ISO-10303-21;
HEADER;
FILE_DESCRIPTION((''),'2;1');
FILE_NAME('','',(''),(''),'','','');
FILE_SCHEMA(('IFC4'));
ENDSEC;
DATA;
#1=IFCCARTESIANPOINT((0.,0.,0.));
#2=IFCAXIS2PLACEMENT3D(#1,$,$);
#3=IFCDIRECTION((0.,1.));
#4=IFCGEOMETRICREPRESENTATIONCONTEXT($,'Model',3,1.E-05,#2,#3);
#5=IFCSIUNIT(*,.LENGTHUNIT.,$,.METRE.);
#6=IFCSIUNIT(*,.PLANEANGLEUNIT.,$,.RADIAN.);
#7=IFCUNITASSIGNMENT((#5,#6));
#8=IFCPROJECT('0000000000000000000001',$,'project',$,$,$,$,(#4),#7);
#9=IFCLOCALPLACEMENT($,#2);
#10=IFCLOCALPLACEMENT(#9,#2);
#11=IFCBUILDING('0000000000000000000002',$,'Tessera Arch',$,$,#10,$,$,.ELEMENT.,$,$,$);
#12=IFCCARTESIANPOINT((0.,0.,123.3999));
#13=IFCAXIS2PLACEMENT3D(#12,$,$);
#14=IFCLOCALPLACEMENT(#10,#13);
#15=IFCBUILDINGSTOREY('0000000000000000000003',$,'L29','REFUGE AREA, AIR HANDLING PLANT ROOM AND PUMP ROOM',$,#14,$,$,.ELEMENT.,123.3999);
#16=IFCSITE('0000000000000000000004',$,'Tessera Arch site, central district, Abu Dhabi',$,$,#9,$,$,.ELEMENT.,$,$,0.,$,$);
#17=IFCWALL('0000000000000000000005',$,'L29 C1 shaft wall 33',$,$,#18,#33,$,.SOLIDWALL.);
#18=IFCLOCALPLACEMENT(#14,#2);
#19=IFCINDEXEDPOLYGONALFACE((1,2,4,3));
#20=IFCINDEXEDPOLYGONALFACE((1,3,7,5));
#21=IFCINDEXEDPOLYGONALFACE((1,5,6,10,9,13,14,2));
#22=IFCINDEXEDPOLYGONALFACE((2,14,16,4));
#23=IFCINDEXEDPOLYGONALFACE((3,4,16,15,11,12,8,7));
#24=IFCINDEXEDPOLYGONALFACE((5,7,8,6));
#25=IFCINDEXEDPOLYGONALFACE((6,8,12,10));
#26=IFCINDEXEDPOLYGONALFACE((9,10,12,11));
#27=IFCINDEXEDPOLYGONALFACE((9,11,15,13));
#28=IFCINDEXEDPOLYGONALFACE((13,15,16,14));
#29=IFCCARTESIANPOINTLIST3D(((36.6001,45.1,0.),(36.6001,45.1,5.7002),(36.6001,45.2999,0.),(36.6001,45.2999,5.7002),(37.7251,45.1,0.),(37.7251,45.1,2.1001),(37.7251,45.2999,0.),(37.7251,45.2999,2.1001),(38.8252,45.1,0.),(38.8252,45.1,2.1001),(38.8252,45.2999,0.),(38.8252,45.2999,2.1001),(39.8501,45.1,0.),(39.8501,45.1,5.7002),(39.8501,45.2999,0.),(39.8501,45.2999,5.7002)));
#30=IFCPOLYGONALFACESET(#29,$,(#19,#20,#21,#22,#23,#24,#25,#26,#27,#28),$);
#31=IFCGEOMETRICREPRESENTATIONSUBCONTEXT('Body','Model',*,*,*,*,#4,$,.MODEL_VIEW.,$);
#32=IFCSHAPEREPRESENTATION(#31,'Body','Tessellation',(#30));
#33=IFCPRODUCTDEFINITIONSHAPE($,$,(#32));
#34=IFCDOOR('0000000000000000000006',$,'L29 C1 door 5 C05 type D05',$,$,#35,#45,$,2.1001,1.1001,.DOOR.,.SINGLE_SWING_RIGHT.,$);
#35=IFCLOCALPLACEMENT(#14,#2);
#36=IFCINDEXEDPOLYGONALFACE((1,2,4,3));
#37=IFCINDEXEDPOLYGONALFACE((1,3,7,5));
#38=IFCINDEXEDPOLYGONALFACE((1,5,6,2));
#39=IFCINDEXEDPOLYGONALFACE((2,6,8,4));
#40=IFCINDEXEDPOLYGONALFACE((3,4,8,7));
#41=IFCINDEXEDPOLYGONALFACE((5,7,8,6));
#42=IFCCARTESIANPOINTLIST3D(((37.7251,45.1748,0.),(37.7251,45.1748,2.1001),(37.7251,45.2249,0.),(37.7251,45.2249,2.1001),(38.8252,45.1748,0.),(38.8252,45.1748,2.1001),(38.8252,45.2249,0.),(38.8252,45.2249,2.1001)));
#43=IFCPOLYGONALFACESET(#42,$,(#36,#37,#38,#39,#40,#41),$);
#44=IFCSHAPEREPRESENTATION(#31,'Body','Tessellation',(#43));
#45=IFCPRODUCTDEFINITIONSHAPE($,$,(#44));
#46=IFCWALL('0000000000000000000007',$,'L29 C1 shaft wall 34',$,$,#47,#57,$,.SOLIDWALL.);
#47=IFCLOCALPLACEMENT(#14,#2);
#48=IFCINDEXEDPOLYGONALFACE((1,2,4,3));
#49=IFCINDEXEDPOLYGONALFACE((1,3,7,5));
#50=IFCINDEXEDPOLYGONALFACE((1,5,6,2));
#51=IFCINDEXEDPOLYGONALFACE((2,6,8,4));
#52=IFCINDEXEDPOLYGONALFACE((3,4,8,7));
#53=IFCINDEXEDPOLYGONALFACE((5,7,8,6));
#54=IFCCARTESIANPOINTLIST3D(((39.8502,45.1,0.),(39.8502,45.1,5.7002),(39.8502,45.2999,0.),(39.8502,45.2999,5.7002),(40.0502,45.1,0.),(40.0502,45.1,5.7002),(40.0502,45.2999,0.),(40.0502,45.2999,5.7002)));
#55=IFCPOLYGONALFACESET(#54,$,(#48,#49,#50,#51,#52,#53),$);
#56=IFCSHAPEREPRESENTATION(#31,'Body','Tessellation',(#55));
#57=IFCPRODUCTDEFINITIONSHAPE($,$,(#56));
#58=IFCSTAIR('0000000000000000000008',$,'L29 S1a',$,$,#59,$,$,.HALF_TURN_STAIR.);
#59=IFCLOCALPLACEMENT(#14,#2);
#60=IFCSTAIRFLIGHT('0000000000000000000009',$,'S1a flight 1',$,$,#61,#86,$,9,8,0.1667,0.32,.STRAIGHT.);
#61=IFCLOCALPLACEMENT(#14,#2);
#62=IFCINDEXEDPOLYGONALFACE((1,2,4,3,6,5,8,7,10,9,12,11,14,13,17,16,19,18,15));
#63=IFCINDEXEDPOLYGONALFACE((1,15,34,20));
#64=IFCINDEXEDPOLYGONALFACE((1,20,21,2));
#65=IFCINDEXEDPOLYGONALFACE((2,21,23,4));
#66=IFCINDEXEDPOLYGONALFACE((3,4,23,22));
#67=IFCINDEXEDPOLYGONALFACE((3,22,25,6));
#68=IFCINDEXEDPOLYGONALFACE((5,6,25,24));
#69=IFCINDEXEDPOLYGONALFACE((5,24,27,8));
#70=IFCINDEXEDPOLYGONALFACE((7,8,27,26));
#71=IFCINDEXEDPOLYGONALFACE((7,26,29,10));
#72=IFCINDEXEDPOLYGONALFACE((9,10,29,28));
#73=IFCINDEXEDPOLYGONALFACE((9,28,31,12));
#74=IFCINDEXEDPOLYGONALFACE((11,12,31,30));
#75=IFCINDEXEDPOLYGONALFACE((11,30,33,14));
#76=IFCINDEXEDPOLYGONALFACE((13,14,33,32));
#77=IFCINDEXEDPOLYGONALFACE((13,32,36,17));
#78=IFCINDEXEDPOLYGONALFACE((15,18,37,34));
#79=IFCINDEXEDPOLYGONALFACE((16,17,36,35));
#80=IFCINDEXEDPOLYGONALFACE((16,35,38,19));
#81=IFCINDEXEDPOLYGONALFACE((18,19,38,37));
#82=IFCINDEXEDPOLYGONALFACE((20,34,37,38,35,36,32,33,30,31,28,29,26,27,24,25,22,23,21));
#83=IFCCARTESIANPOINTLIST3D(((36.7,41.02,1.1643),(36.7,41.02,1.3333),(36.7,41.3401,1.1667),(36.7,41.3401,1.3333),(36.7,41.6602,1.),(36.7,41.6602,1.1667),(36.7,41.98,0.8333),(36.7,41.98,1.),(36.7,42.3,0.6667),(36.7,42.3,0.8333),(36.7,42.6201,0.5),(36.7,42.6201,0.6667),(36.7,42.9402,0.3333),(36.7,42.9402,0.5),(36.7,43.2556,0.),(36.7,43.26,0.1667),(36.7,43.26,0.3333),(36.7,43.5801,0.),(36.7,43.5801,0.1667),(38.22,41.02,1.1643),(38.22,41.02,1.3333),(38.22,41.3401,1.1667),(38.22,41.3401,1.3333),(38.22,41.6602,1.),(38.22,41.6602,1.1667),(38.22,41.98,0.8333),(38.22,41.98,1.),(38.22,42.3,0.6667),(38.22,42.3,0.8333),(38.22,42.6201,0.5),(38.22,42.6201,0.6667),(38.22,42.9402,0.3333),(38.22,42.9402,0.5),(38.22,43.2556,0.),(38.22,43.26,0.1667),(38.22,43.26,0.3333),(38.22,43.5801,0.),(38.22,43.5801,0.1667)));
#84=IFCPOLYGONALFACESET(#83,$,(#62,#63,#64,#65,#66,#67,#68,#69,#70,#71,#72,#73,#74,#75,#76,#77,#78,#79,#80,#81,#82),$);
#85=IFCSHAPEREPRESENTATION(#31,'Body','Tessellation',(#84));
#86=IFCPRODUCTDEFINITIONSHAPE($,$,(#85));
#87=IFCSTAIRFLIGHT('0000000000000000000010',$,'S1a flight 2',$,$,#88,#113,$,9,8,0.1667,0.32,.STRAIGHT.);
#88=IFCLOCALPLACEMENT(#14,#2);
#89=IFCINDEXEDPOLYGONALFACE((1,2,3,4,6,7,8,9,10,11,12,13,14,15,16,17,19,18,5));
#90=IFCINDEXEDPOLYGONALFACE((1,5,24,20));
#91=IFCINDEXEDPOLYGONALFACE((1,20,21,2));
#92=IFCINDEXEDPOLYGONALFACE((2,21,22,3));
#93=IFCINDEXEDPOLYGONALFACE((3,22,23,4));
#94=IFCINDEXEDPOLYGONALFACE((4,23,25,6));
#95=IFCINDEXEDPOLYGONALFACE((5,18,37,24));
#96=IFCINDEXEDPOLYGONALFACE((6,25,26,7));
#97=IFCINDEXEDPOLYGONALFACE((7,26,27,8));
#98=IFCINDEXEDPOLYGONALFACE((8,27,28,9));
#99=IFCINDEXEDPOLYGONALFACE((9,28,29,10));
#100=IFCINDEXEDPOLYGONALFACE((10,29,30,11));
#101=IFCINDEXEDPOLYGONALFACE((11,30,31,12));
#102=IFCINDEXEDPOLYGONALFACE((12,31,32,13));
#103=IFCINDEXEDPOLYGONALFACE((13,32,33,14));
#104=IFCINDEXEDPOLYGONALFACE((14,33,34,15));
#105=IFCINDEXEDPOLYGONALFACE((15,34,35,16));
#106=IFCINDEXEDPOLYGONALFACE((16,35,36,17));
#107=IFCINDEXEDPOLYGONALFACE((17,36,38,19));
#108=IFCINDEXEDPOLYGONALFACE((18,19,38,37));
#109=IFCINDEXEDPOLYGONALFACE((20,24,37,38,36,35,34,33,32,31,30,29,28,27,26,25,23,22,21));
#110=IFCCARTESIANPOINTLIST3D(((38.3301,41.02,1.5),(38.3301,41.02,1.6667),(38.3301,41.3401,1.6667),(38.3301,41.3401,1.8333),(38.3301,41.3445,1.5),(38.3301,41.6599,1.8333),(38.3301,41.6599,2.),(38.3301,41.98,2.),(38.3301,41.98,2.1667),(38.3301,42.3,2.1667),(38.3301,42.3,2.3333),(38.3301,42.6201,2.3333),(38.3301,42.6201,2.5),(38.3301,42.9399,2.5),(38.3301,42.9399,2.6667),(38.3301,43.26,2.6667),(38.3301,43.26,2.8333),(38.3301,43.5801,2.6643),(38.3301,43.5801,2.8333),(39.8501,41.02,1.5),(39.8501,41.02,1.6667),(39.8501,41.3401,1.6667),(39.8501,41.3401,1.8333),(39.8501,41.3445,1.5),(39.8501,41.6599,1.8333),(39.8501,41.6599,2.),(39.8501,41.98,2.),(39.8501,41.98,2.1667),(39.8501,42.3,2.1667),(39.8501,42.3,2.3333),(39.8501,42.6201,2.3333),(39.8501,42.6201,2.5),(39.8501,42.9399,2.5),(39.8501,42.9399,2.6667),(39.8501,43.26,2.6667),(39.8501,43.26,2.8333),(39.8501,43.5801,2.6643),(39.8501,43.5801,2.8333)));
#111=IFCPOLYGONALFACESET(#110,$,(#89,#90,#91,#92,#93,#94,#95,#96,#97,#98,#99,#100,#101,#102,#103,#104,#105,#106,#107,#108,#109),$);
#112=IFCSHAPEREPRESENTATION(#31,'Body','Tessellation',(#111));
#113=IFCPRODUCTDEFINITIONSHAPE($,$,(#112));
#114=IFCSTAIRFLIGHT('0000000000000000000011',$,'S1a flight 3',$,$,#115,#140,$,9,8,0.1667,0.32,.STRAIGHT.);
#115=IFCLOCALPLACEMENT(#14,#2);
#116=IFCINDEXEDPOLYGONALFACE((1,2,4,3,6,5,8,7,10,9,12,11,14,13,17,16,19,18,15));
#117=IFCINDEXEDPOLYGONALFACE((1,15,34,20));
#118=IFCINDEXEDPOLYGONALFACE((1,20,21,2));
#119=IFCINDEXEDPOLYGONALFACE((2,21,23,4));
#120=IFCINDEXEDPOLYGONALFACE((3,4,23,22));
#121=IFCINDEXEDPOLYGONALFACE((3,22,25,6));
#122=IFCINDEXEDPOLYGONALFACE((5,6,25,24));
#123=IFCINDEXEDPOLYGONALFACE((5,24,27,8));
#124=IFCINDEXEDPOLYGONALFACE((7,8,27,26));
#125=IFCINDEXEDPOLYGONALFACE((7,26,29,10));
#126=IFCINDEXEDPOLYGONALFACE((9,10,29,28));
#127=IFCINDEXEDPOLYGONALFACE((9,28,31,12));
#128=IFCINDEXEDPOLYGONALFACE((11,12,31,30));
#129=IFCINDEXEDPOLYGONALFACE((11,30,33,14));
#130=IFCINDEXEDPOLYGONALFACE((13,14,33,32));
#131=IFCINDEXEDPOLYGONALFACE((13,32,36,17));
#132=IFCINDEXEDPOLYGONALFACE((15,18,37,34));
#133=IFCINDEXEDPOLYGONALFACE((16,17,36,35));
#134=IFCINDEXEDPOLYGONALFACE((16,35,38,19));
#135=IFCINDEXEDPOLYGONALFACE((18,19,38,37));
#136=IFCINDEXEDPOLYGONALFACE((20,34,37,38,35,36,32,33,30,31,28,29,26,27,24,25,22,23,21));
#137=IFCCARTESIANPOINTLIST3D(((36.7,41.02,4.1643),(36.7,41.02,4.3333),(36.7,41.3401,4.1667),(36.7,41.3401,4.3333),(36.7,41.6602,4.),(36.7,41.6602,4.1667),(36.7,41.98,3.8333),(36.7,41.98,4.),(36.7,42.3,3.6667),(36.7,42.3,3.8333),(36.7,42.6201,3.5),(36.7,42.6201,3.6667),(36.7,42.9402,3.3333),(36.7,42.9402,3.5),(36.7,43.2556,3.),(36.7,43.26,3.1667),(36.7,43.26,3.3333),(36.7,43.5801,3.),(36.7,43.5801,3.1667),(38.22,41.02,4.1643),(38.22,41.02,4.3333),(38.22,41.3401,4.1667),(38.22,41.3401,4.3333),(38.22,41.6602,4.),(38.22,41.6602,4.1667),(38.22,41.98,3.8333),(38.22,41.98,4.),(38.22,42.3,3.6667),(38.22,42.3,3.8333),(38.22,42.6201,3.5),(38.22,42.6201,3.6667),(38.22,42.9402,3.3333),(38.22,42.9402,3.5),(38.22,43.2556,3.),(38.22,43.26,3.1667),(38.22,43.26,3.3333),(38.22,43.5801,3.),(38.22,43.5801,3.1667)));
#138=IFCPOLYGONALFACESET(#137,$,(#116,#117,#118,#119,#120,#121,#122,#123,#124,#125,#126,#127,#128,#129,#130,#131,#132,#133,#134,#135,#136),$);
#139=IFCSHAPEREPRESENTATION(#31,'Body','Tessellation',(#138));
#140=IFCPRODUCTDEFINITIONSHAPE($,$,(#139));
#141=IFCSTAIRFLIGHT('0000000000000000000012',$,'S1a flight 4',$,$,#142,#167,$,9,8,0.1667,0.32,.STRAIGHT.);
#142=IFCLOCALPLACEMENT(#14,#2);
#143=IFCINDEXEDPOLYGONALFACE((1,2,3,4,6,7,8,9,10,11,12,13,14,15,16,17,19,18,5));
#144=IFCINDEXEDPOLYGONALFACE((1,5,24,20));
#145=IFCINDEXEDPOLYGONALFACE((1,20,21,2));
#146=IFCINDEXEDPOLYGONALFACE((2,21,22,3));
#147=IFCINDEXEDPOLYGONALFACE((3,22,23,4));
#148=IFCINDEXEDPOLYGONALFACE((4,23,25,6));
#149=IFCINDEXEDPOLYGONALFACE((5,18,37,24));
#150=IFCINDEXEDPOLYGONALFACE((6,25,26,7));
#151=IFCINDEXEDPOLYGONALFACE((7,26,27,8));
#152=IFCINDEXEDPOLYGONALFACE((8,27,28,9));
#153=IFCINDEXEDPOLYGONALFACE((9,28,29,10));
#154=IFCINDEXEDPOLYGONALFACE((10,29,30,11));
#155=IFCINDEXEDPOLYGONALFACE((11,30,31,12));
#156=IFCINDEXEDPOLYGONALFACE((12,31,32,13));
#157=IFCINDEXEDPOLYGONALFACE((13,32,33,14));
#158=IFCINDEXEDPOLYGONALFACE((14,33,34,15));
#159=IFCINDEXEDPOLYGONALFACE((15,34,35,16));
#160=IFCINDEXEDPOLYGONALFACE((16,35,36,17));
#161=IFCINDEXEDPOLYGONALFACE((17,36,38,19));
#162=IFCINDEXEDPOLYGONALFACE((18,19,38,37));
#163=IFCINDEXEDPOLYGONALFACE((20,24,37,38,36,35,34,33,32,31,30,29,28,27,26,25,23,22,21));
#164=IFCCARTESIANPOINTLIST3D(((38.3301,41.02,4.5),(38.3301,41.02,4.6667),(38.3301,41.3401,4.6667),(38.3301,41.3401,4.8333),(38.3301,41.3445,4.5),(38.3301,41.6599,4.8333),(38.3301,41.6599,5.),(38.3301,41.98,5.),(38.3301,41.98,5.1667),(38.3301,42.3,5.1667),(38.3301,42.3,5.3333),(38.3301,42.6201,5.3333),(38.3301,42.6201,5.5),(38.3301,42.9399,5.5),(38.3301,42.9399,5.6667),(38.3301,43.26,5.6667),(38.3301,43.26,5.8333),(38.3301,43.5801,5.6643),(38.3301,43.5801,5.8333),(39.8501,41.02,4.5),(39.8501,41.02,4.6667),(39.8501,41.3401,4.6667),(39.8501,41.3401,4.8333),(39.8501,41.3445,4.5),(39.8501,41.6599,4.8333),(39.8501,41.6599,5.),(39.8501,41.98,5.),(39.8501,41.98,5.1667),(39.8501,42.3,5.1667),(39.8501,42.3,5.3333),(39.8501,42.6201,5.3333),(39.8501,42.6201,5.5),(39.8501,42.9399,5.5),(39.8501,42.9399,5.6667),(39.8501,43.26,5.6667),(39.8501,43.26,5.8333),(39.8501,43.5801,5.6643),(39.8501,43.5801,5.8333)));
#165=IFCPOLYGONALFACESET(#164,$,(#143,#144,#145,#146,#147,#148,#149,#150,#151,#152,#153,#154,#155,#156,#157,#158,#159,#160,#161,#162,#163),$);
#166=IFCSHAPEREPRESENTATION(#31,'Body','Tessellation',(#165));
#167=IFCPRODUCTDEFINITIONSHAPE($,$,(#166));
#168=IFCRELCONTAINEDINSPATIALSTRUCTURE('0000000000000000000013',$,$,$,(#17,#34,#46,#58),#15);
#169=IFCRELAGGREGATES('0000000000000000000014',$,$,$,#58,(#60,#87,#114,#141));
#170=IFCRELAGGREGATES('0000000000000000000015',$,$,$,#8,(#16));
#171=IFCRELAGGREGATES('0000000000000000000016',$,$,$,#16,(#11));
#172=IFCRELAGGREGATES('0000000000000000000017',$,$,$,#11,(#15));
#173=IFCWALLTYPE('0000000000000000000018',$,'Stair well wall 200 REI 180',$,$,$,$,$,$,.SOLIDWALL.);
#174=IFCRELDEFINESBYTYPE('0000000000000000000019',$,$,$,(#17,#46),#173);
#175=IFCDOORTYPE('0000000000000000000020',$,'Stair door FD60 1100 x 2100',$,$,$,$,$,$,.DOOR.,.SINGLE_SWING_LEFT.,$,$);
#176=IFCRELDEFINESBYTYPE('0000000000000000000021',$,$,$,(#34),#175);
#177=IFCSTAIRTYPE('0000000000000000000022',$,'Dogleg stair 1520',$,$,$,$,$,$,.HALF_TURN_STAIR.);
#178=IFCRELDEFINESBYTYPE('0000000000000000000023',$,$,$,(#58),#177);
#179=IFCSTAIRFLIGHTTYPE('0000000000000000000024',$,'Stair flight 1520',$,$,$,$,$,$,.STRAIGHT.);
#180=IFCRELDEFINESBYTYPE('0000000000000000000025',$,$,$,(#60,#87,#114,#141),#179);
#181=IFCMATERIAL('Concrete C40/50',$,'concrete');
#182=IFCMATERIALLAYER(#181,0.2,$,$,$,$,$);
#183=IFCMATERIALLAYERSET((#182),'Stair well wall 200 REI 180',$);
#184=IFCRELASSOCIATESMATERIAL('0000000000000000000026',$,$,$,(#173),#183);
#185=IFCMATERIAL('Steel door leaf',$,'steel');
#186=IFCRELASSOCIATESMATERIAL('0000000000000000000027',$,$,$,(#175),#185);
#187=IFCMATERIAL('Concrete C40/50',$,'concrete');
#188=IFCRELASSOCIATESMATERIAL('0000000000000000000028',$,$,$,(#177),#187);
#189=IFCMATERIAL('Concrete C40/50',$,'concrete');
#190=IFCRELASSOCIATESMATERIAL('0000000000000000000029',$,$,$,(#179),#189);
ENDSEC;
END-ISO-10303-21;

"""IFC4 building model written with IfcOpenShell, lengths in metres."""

from ifc_helpers import new_model, si_unit, direction, frame, frame_2d, origin, place, context, subcontext, project, spatial, polyline, rectangle, outline, extrude, material, layer, layer_set, type_object, element, fill, aggregate, save


model = new_model("IFC4")

# Units and contexts
model_context = context("Model", 3, precision=1e-05, world=origin(), true_north=direction((0.0, 1.0)))
body_context = subcontext(model_context, "Body", "Model", "MODEL_VIEW")
ifc_project = project(units=[si_unit("LENGTHUNIT", "METRE"), si_unit("PLANEANGLEUNIT", "RADIAN")], contexts=[model_context])

# Site, building, storey
site_placement = place(None, origin())
site = spatial("IfcSite", under=ifc_project, at=site_placement, Name="Tessera Arch site, central district, Abu Dhabi", CompositionType="ELEMENT", RefElevation=0.0)
building_placement = place(site_placement, origin())
building = spatial("IfcBuilding", under=site, at=building_placement, Name="Tessera Arch", CompositionType="ELEMENT")
storey_placement = place(building_placement, frame((0.0, 0.0, 123.3999)))
storey = spatial("IfcBuildingStorey", under=building, at=storey_placement, Name="L29", Description="REFUGE AREA, AIR HANDLING PLANT ROOM AND PUMP ROOM", CompositionType="ELEMENT", Elevation=123.3999)

# Shared definitions
ifc_material_1 = material(Name="Concrete C40/50", Category="concrete")
ifc_layer_1 = layer(ifc_material_1, 0.2)
ifc_layer_set_1 = layer_set([ifc_layer_1], Name="Stair well wall 200 REI 180")
wall_type_1 = type_object("IfcWallType", Name="Stair well wall 200 REI 180", PredefinedType="SOLIDWALL", material=ifc_layer_set_1)

# Wall, opening, door
wall_1_placement = place(storey_placement, frame((36.6001, 45.2, 0.0), z_axis=(0.0, 0.0, 1.0), x_axis=(1.0, 0.0, 0.0)))
wall_1 = element("IfcWall", 1, at=wall_1_placement, inside=storey, type_object=wall_type_1, Name="L29 C1 shaft wall 33", PredefinedType="SOLIDWALL", context=body_context, shape_type="SweptSolid", body=[
    extrude(rectangle(XDim=3.25, YDim=0.2, at=frame_2d((1.625, 0.0))), origin(), (0.0, 0.0, 1.0), 5.7002),
])
opening_1_placement = place(wall_1_placement, frame((1.125, 0.0, 0.0)))
opening_1 = element("IfcOpeningElement", 2, at=opening_1_placement, cuts=wall_1, PredefinedType="OPENING", context=body_context, shape_type="SweptSolid", body=[
    extrude(rectangle(XDim=1.1001, YDim=2.1001, at=frame_2d((0.55, 1.05))), frame((0.0, 0.1099, 0.0), z_axis=(0.0, -1.0, 0.0), x_axis=(1.0, 0.0, 0.0)), (0.0, 0.0, 1.0), 0.22),
])
ifc_material_2 = material(Name="Steel door leaf", Category="steel")
door_type_1 = type_object("IfcDoorType", Name="Stair door FD60 1100 x 2100", OperationType="SINGLE_SWING_LEFT", PredefinedType="DOOR", material=ifc_material_2)
door_1_placement = place(opening_1_placement, origin())
door_1 = element("IfcDoor", 3, at=door_1_placement, inside=storey, type_object=door_type_1, Name="L29 C1 door 5 C05 type D05", OperationType="SINGLE_SWING_RIGHT", OverallHeight=2.1001, OverallWidth=1.1001, PredefinedType="DOOR", context=body_context, shape_type="SweptSolid", body=[
    extrude(rectangle(XDim=1.1001, YDim=2.1001, at=frame_2d((0.55, 1.05))), frame((0.0, 0.0249, 0.0), z_axis=(0.0, -1.0, 0.0), x_axis=(1.0, 0.0, 0.0)), (0.0, 0.0, 1.0), 0.05),
])
fill(opening_1, door_1)

# Wall
wall_2_placement = place(storey_placement, frame((39.8501, 45.2, 0.0), z_axis=(0.0, 0.0, 1.0), x_axis=(1.0, 0.0, 0.0)))
element("IfcWall", 4, at=wall_2_placement, inside=storey, type_object=wall_type_1, Name="L29 C1 shaft wall 34", PredefinedType="SOLIDWALL", context=body_context, shape_type="SweptSolid", body=[
    extrude(rectangle(XDim=0.2, YDim=0.2, at=frame_2d((0.1001, 0.0))), origin(), (0.0, 0.0, 1.0), 5.7002),
])

# Stair, stair flights
ifc_material_3 = material(Name="Concrete C40/50", Category="concrete")
stair_type = type_object("IfcStairType", Name="Dogleg stair 1520", PredefinedType="HALF_TURN_STAIR", material=ifc_material_3)
stair_placement = place(storey_placement, origin())
stair = element("IfcStair", 5, at=stair_placement, inside=storey, type_object=stair_type, Name="L29 S1a", PredefinedType="HALF_TURN_STAIR")
ifc_material_4 = material(Name="Concrete C40/50", Category="concrete")
stair_flight_type = type_object("IfcStairFlightType", Name="Stair flight 1520", PredefinedType="STRAIGHT", material=ifc_material_4)
stair_flight_1_placement = place(storey_placement, frame((37.46, 43.5801, 0.0), z_axis=(0.0, 0.0, 1.0), x_axis=(0.0, -1.0, 0.0)))
stair_flight_1 = element("IfcStairFlight", 6, at=stair_flight_1_placement, type_object=stair_flight_type, Name="S1a flight 1", NumberOfRisers=9, NumberOfTreads=8, PredefinedType="STRAIGHT", RiserHeight=0.1667, TreadLength=0.32, context=body_context, shape_type="SweptSolid", body=[
    extrude(outline(polyline([(0.0, 0.0), (0.0, 0.1667), (0.3201, 0.1667), (0.3201, 0.3333), (0.6399, 0.3333), (0.6399, 0.5), (0.96, 0.5), (0.96, 0.6667), (1.28, 0.6667), (1.28, 0.8333), (1.6001, 0.8333), (1.6001, 1.0), (1.9199, 1.0), (1.9199, 1.1667), (2.24, 1.1667), (2.24, 1.3333), (2.5601, 1.3333), (2.5601, 1.5), (2.5601, 1.1643), (0.3245, 0.0), (0.0, 0.0)])), frame((0.0, 0.76, 0.0), z_axis=(0.0, -1.0, 0.0), x_axis=(1.0, 0.0, 0.0)), (0.0, 0.0, 1.0), 1.52),
])
stair_flight_2_placement = place(storey_placement, frame((39.0901, 41.02, 1.5), z_axis=(0.0, 0.0, 1.0), x_axis=(0.0, 1.0, 0.0)))
stair_flight_2 = element("IfcStairFlight", 7, at=stair_flight_2_placement, type_object=stair_flight_type, Name="S1a flight 2", NumberOfRisers=9, NumberOfTreads=8, PredefinedType="STRAIGHT", RiserHeight=0.1667, TreadLength=0.32, context=body_context, shape_type="SweptSolid", body=[
    extrude(outline(polyline([(0.0, 0.0), (0.0, 0.1667), (0.3201, 0.1667), (0.3201, 0.3333), (0.6399, 0.3333), (0.6399, 0.5), (0.96, 0.5), (0.96, 0.6667), (1.28, 0.6667), (1.28, 0.8333), (1.6001, 0.8333), (1.6001, 1.0), (1.9199, 1.0), (1.9199, 1.1667), (2.24, 1.1667), (2.24, 1.3333), (2.5601, 1.3333), (2.5601, 1.5), (2.5601, 1.1643), (0.3245, 0.0), (0.0, 0.0)])), frame((0.0, 0.76, 0.0), z_axis=(0.0, -1.0, 0.0), x_axis=(1.0, 0.0, 0.0)), (0.0, 0.0, 1.0), 1.52),
])
stair_flight_3_placement = place(storey_placement, frame((37.46, 43.5801, 3.0), z_axis=(0.0, 0.0, 1.0), x_axis=(0.0, -1.0, 0.0)))
stair_flight_3 = element("IfcStairFlight", 8, at=stair_flight_3_placement, type_object=stair_flight_type, Name="S1a flight 3", NumberOfRisers=9, NumberOfTreads=8, PredefinedType="STRAIGHT", RiserHeight=0.1667, TreadLength=0.32, context=body_context, shape_type="SweptSolid", body=[
    extrude(outline(polyline([(0.0, 0.0), (0.0, 0.1667), (0.3201, 0.1667), (0.3201, 0.3333), (0.6399, 0.3333), (0.6399, 0.5), (0.96, 0.5), (0.96, 0.6667), (1.28, 0.6667), (1.28, 0.8333), (1.6001, 0.8333), (1.6001, 1.0), (1.9199, 1.0), (1.9199, 1.1667), (2.24, 1.1667), (2.24, 1.3333), (2.5601, 1.3333), (2.5601, 1.5), (2.5601, 1.1643), (0.3245, 0.0), (0.0, 0.0)])), frame((0.0, 0.76, 0.0), z_axis=(0.0, -1.0, 0.0), x_axis=(1.0, 0.0, 0.0)), (0.0, 0.0, 1.0), 1.52),
])
stair_flight_4_placement = place(storey_placement, frame((39.0901, 41.02, 4.5), z_axis=(0.0, 0.0, 1.0), x_axis=(0.0, 1.0, 0.0)))
stair_flight_4 = element("IfcStairFlight", 9, at=stair_flight_4_placement, type_object=stair_flight_type, Name="S1a flight 4", NumberOfRisers=9, NumberOfTreads=8, PredefinedType="STRAIGHT", RiserHeight=0.1667, TreadLength=0.32, context=body_context, shape_type="SweptSolid", body=[
    extrude(outline(polyline([(0.0, 0.0), (0.0, 0.1667), (0.3201, 0.1667), (0.3201, 0.3333), (0.6399, 0.3333), (0.6399, 0.5), (0.96, 0.5), (0.96, 0.6667), (1.28, 0.6667), (1.28, 0.8333), (1.6001, 0.8333), (1.6001, 1.0), (1.9199, 1.0), (1.9199, 1.1667), (2.24, 1.1667), (2.24, 1.3333), (2.5601, 1.3333), (2.5601, 1.5), (2.5601, 1.1643), (0.3245, 0.0), (0.0, 0.0)])), frame((0.0, 0.76, 0.0), z_axis=(0.0, -1.0, 0.0), x_axis=(1.0, 0.0, 0.0)), (0.0, 0.0, 1.0), 1.52),
])
aggregate(stair, [stair_flight_1, stair_flight_2, stair_flight_3, stair_flight_4])

save(model, "model.ifc")
